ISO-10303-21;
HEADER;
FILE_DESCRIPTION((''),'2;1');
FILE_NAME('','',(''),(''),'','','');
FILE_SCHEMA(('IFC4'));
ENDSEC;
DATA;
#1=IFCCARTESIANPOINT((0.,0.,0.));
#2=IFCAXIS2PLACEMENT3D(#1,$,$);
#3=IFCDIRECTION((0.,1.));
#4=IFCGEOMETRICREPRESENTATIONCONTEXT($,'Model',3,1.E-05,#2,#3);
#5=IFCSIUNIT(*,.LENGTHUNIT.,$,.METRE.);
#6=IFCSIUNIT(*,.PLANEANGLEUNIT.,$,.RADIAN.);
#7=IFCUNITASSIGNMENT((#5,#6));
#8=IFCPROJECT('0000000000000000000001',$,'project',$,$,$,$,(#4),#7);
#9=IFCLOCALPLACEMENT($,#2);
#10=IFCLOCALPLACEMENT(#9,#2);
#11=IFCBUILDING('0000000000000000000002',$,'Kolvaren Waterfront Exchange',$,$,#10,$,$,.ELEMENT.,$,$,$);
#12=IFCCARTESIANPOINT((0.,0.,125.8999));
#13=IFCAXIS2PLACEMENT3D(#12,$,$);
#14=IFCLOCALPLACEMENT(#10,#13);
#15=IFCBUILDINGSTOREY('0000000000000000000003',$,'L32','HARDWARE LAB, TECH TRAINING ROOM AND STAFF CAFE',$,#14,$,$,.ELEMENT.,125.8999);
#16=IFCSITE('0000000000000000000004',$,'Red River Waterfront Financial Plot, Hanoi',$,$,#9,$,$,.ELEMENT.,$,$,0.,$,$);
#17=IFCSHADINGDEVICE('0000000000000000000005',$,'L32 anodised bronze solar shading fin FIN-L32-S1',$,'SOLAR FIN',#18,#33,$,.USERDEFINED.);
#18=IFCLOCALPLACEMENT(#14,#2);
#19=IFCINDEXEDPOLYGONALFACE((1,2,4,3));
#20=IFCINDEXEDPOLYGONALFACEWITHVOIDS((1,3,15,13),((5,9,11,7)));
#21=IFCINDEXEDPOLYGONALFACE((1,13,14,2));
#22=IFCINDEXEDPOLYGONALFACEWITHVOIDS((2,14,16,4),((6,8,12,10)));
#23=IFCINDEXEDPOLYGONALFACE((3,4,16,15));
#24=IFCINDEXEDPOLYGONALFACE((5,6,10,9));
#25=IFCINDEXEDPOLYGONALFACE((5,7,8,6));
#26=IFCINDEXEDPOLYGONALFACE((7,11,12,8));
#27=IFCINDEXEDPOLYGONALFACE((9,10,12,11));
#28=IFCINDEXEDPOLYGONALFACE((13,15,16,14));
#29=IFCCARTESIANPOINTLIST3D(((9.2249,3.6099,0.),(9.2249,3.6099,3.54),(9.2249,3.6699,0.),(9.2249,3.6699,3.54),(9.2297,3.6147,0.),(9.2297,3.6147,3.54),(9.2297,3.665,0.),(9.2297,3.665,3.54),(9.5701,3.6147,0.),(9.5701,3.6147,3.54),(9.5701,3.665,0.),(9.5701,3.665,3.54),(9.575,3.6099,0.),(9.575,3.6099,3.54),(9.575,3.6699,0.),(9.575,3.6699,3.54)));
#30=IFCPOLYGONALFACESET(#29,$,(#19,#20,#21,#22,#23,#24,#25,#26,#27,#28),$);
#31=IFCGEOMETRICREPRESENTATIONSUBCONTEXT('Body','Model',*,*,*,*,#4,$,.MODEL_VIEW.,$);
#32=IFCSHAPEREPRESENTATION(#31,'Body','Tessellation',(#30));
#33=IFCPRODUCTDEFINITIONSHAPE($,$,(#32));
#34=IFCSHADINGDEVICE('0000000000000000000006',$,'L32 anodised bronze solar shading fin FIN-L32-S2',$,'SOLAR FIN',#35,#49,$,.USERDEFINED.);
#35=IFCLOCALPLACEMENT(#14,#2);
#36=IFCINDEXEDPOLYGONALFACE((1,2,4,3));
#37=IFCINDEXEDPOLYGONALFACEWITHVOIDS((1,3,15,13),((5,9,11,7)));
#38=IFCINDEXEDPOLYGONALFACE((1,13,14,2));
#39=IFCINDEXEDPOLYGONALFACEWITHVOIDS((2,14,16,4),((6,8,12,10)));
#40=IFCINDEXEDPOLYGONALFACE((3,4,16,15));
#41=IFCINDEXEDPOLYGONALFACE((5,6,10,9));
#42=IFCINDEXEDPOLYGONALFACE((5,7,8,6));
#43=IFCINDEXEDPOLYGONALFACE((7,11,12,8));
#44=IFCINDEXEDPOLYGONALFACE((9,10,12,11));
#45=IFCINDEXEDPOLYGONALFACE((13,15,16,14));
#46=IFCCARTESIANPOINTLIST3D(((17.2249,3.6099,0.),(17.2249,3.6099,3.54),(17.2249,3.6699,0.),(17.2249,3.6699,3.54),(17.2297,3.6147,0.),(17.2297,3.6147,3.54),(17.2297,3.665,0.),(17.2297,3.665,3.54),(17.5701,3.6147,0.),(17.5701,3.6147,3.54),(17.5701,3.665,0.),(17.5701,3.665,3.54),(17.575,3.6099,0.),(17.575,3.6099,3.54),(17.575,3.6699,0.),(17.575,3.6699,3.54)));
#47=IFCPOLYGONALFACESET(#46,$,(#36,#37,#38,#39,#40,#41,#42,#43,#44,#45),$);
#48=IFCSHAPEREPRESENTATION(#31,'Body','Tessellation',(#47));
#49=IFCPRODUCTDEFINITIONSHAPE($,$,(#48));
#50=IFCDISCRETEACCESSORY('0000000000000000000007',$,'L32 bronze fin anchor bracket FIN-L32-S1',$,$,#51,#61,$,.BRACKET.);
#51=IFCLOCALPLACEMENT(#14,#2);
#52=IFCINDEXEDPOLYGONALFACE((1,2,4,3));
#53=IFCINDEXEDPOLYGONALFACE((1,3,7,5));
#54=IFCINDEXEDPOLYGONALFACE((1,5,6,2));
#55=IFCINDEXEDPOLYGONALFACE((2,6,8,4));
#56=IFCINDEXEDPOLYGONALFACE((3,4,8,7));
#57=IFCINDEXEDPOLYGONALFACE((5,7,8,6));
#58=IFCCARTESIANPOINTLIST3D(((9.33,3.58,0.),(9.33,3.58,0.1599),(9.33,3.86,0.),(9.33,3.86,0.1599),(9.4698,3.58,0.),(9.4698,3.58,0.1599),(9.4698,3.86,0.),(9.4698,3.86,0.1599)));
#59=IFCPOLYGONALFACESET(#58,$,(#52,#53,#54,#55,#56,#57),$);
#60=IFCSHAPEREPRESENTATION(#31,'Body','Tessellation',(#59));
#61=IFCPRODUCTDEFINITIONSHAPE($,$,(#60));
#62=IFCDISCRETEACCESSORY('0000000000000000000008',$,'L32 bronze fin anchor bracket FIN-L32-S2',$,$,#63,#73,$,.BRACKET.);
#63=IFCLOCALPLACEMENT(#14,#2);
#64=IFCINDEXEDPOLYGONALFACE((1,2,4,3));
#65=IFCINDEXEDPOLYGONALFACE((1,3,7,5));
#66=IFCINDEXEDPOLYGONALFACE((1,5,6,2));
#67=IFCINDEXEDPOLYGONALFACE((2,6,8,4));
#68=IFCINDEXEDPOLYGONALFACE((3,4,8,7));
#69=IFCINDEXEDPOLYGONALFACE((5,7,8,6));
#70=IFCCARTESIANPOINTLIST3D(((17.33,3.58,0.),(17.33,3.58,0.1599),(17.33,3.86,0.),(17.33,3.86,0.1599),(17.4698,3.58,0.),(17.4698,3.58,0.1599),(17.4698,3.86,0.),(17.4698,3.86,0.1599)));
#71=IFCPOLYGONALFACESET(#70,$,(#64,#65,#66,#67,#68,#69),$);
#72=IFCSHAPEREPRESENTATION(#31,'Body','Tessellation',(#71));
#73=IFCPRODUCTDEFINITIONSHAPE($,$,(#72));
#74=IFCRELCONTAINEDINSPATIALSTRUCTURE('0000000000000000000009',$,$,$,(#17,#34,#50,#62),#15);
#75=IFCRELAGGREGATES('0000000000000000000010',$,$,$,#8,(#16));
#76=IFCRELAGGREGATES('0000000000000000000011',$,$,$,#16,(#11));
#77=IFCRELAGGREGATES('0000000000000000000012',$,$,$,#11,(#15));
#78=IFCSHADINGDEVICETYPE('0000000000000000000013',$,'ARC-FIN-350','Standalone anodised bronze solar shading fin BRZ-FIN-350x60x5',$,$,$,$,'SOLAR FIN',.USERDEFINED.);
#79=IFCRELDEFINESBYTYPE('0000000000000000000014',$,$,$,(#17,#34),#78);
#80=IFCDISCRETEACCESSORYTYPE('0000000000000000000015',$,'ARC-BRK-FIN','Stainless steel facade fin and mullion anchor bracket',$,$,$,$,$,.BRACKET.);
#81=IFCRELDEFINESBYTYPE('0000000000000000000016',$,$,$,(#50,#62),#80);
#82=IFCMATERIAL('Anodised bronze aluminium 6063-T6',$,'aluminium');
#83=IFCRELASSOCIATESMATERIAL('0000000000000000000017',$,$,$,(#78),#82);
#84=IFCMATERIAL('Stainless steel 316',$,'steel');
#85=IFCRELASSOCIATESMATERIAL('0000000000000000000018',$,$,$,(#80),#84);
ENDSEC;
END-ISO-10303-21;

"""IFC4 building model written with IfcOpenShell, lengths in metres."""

from ifc_helpers import new_model, si_unit, direction, frame, origin, origin_with_axes, origin_2d, place, context, subcontext, project, spatial, rectangle, hollow_rectangle, extrude, source, transform, mapped, material, material_profile, profile_set, type_object, element, save


model = new_model("IFC4")

# Units and contexts
model_context = context("Model", 3, precision=1e-05, world=origin(), true_north=direction((0.0, 1.0)))
body_context = subcontext(model_context, "Body", "Model", "MODEL_VIEW")
ifc_project = project(units=[si_unit("LENGTHUNIT", "METRE"), si_unit("PLANEANGLEUNIT", "RADIAN")], contexts=[model_context])

# Site, building, storey
site_placement = place(None, origin())
site = spatial("IfcSite", under=ifc_project, at=site_placement, Name="Red River Waterfront Financial Plot, Hanoi", CompositionType="ELEMENT", RefElevation=0.0)
building_placement = place(site_placement, origin())
building = spatial("IfcBuilding", under=site, at=building_placement, Name="Kolvaren Waterfront Exchange", CompositionType="ELEMENT")
storey_placement = place(building_placement, frame((0.0, 0.0, 125.8999)))
storey = spatial("IfcBuildingStorey", under=building, at=storey_placement, Name="L32", Description="HARDWARE LAB, TECH TRAINING ROOM AND STAFF CAFE", CompositionType="ELEMENT", Elevation=125.8999)

# Shared definitions
ifc_material_1 = material(Name="Anodised bronze aluminium 6063-T6", Category="aluminium")

# Shading devices
ifc_material_profile_1 = material_profile(ifc_material_1, hollow_rectangle(XDim=0.0601, YDim=0.3501, WallThickness=0.0049, at=origin_2d()), Name="BRZ-FIN-350x60x5")
ifc_profile_set_1 = profile_set([ifc_material_profile_1], Name="Anodised bronze aluminium 6063-T6")
shading_device_type = type_object("IfcShadingDeviceType", Name="ARC-FIN-350", Description="Standalone anodised bronze solar shading fin BRZ-FIN-350x60x5", ElementType="SOLAR FIN", PredefinedType="USERDEFINED", material=ifc_profile_set_1)
for number, where, z_axis, x_axis, name in (
    (1, (9.3999, 3.6399, 0.0), (0.0, 0.0, 1.0), (0.0, -1.0, 0.0), "L32 anodised bronze solar shading fin FIN-L32-S1"),
    (2, (17.3999, 3.6399, 0.0), (0.0, 0.0, 1.0), (0.0, -1.0, 0.0), "L32 anodised bronze solar shading fin FIN-L32-S2"),
):
    element("IfcShadingDevice", number, at=place(storey_placement, frame(where, z_axis=z_axis, x_axis=x_axis)), inside=storey, type_object=shading_device_type, Name=name, ObjectType="SOLAR FIN", PredefinedType="USERDEFINED", context=body_context, shape_type="SweptSolid", body=[
        extrude(hollow_rectangle(XDim=0.0601, YDim=0.3501, WallThickness=0.0049, at=origin_2d()), origin(), (0.0, 0.0, 1.0), 3.54),
    ])

# Discrete accessories
ifc_material_2 = material(Name="Stainless steel 316", Category="steel")
discrete_accessory_type = type_object("IfcDiscreteAccessoryType", Name="ARC-BRK-FIN", Description="Stainless steel facade fin and mullion anchor bracket", PredefinedType="BRACKET", material=ifc_material_2)
shared_shape_1 = source(origin_with_axes(), body_context, "Body", "SweptSolid", [
    extrude(rectangle(XDim=0.28, YDim=0.1399, at=origin_2d()), origin(), (0.0, 0.0, 1.0), 0.1599),
])
for number, where, z_axis, x_axis, name in (
    (3, (9.3999, 3.72, 0.0), (0.0, 0.0, 1.0), (0.0, -1.0, 0.0), "L32 bronze fin anchor bracket FIN-L32-S1"),
    (4, (17.3999, 3.72, 0.0), (0.0, 0.0, 1.0), (0.0, -1.0, 0.0), "L32 bronze fin anchor bracket FIN-L32-S2"),
):
    element("IfcDiscreteAccessory", number, at=place(storey_placement, frame(where, z_axis=z_axis, x_axis=x_axis)), inside=storey, type_object=discrete_accessory_type, Name=name, PredefinedType="BRACKET", context=body_context, shape_type="MappedRepresentation", body=[
        mapped(shared_shape_1, transform((0.0, 0.0, 0.0), x_axis=(1.0, 0.0, 0.0), y_axis=(0.0, 1.0, 0.0), z_axis=(0.0, 0.0, 1.0), scale=1.0)),
    ])

save(model, "model.ifc")
